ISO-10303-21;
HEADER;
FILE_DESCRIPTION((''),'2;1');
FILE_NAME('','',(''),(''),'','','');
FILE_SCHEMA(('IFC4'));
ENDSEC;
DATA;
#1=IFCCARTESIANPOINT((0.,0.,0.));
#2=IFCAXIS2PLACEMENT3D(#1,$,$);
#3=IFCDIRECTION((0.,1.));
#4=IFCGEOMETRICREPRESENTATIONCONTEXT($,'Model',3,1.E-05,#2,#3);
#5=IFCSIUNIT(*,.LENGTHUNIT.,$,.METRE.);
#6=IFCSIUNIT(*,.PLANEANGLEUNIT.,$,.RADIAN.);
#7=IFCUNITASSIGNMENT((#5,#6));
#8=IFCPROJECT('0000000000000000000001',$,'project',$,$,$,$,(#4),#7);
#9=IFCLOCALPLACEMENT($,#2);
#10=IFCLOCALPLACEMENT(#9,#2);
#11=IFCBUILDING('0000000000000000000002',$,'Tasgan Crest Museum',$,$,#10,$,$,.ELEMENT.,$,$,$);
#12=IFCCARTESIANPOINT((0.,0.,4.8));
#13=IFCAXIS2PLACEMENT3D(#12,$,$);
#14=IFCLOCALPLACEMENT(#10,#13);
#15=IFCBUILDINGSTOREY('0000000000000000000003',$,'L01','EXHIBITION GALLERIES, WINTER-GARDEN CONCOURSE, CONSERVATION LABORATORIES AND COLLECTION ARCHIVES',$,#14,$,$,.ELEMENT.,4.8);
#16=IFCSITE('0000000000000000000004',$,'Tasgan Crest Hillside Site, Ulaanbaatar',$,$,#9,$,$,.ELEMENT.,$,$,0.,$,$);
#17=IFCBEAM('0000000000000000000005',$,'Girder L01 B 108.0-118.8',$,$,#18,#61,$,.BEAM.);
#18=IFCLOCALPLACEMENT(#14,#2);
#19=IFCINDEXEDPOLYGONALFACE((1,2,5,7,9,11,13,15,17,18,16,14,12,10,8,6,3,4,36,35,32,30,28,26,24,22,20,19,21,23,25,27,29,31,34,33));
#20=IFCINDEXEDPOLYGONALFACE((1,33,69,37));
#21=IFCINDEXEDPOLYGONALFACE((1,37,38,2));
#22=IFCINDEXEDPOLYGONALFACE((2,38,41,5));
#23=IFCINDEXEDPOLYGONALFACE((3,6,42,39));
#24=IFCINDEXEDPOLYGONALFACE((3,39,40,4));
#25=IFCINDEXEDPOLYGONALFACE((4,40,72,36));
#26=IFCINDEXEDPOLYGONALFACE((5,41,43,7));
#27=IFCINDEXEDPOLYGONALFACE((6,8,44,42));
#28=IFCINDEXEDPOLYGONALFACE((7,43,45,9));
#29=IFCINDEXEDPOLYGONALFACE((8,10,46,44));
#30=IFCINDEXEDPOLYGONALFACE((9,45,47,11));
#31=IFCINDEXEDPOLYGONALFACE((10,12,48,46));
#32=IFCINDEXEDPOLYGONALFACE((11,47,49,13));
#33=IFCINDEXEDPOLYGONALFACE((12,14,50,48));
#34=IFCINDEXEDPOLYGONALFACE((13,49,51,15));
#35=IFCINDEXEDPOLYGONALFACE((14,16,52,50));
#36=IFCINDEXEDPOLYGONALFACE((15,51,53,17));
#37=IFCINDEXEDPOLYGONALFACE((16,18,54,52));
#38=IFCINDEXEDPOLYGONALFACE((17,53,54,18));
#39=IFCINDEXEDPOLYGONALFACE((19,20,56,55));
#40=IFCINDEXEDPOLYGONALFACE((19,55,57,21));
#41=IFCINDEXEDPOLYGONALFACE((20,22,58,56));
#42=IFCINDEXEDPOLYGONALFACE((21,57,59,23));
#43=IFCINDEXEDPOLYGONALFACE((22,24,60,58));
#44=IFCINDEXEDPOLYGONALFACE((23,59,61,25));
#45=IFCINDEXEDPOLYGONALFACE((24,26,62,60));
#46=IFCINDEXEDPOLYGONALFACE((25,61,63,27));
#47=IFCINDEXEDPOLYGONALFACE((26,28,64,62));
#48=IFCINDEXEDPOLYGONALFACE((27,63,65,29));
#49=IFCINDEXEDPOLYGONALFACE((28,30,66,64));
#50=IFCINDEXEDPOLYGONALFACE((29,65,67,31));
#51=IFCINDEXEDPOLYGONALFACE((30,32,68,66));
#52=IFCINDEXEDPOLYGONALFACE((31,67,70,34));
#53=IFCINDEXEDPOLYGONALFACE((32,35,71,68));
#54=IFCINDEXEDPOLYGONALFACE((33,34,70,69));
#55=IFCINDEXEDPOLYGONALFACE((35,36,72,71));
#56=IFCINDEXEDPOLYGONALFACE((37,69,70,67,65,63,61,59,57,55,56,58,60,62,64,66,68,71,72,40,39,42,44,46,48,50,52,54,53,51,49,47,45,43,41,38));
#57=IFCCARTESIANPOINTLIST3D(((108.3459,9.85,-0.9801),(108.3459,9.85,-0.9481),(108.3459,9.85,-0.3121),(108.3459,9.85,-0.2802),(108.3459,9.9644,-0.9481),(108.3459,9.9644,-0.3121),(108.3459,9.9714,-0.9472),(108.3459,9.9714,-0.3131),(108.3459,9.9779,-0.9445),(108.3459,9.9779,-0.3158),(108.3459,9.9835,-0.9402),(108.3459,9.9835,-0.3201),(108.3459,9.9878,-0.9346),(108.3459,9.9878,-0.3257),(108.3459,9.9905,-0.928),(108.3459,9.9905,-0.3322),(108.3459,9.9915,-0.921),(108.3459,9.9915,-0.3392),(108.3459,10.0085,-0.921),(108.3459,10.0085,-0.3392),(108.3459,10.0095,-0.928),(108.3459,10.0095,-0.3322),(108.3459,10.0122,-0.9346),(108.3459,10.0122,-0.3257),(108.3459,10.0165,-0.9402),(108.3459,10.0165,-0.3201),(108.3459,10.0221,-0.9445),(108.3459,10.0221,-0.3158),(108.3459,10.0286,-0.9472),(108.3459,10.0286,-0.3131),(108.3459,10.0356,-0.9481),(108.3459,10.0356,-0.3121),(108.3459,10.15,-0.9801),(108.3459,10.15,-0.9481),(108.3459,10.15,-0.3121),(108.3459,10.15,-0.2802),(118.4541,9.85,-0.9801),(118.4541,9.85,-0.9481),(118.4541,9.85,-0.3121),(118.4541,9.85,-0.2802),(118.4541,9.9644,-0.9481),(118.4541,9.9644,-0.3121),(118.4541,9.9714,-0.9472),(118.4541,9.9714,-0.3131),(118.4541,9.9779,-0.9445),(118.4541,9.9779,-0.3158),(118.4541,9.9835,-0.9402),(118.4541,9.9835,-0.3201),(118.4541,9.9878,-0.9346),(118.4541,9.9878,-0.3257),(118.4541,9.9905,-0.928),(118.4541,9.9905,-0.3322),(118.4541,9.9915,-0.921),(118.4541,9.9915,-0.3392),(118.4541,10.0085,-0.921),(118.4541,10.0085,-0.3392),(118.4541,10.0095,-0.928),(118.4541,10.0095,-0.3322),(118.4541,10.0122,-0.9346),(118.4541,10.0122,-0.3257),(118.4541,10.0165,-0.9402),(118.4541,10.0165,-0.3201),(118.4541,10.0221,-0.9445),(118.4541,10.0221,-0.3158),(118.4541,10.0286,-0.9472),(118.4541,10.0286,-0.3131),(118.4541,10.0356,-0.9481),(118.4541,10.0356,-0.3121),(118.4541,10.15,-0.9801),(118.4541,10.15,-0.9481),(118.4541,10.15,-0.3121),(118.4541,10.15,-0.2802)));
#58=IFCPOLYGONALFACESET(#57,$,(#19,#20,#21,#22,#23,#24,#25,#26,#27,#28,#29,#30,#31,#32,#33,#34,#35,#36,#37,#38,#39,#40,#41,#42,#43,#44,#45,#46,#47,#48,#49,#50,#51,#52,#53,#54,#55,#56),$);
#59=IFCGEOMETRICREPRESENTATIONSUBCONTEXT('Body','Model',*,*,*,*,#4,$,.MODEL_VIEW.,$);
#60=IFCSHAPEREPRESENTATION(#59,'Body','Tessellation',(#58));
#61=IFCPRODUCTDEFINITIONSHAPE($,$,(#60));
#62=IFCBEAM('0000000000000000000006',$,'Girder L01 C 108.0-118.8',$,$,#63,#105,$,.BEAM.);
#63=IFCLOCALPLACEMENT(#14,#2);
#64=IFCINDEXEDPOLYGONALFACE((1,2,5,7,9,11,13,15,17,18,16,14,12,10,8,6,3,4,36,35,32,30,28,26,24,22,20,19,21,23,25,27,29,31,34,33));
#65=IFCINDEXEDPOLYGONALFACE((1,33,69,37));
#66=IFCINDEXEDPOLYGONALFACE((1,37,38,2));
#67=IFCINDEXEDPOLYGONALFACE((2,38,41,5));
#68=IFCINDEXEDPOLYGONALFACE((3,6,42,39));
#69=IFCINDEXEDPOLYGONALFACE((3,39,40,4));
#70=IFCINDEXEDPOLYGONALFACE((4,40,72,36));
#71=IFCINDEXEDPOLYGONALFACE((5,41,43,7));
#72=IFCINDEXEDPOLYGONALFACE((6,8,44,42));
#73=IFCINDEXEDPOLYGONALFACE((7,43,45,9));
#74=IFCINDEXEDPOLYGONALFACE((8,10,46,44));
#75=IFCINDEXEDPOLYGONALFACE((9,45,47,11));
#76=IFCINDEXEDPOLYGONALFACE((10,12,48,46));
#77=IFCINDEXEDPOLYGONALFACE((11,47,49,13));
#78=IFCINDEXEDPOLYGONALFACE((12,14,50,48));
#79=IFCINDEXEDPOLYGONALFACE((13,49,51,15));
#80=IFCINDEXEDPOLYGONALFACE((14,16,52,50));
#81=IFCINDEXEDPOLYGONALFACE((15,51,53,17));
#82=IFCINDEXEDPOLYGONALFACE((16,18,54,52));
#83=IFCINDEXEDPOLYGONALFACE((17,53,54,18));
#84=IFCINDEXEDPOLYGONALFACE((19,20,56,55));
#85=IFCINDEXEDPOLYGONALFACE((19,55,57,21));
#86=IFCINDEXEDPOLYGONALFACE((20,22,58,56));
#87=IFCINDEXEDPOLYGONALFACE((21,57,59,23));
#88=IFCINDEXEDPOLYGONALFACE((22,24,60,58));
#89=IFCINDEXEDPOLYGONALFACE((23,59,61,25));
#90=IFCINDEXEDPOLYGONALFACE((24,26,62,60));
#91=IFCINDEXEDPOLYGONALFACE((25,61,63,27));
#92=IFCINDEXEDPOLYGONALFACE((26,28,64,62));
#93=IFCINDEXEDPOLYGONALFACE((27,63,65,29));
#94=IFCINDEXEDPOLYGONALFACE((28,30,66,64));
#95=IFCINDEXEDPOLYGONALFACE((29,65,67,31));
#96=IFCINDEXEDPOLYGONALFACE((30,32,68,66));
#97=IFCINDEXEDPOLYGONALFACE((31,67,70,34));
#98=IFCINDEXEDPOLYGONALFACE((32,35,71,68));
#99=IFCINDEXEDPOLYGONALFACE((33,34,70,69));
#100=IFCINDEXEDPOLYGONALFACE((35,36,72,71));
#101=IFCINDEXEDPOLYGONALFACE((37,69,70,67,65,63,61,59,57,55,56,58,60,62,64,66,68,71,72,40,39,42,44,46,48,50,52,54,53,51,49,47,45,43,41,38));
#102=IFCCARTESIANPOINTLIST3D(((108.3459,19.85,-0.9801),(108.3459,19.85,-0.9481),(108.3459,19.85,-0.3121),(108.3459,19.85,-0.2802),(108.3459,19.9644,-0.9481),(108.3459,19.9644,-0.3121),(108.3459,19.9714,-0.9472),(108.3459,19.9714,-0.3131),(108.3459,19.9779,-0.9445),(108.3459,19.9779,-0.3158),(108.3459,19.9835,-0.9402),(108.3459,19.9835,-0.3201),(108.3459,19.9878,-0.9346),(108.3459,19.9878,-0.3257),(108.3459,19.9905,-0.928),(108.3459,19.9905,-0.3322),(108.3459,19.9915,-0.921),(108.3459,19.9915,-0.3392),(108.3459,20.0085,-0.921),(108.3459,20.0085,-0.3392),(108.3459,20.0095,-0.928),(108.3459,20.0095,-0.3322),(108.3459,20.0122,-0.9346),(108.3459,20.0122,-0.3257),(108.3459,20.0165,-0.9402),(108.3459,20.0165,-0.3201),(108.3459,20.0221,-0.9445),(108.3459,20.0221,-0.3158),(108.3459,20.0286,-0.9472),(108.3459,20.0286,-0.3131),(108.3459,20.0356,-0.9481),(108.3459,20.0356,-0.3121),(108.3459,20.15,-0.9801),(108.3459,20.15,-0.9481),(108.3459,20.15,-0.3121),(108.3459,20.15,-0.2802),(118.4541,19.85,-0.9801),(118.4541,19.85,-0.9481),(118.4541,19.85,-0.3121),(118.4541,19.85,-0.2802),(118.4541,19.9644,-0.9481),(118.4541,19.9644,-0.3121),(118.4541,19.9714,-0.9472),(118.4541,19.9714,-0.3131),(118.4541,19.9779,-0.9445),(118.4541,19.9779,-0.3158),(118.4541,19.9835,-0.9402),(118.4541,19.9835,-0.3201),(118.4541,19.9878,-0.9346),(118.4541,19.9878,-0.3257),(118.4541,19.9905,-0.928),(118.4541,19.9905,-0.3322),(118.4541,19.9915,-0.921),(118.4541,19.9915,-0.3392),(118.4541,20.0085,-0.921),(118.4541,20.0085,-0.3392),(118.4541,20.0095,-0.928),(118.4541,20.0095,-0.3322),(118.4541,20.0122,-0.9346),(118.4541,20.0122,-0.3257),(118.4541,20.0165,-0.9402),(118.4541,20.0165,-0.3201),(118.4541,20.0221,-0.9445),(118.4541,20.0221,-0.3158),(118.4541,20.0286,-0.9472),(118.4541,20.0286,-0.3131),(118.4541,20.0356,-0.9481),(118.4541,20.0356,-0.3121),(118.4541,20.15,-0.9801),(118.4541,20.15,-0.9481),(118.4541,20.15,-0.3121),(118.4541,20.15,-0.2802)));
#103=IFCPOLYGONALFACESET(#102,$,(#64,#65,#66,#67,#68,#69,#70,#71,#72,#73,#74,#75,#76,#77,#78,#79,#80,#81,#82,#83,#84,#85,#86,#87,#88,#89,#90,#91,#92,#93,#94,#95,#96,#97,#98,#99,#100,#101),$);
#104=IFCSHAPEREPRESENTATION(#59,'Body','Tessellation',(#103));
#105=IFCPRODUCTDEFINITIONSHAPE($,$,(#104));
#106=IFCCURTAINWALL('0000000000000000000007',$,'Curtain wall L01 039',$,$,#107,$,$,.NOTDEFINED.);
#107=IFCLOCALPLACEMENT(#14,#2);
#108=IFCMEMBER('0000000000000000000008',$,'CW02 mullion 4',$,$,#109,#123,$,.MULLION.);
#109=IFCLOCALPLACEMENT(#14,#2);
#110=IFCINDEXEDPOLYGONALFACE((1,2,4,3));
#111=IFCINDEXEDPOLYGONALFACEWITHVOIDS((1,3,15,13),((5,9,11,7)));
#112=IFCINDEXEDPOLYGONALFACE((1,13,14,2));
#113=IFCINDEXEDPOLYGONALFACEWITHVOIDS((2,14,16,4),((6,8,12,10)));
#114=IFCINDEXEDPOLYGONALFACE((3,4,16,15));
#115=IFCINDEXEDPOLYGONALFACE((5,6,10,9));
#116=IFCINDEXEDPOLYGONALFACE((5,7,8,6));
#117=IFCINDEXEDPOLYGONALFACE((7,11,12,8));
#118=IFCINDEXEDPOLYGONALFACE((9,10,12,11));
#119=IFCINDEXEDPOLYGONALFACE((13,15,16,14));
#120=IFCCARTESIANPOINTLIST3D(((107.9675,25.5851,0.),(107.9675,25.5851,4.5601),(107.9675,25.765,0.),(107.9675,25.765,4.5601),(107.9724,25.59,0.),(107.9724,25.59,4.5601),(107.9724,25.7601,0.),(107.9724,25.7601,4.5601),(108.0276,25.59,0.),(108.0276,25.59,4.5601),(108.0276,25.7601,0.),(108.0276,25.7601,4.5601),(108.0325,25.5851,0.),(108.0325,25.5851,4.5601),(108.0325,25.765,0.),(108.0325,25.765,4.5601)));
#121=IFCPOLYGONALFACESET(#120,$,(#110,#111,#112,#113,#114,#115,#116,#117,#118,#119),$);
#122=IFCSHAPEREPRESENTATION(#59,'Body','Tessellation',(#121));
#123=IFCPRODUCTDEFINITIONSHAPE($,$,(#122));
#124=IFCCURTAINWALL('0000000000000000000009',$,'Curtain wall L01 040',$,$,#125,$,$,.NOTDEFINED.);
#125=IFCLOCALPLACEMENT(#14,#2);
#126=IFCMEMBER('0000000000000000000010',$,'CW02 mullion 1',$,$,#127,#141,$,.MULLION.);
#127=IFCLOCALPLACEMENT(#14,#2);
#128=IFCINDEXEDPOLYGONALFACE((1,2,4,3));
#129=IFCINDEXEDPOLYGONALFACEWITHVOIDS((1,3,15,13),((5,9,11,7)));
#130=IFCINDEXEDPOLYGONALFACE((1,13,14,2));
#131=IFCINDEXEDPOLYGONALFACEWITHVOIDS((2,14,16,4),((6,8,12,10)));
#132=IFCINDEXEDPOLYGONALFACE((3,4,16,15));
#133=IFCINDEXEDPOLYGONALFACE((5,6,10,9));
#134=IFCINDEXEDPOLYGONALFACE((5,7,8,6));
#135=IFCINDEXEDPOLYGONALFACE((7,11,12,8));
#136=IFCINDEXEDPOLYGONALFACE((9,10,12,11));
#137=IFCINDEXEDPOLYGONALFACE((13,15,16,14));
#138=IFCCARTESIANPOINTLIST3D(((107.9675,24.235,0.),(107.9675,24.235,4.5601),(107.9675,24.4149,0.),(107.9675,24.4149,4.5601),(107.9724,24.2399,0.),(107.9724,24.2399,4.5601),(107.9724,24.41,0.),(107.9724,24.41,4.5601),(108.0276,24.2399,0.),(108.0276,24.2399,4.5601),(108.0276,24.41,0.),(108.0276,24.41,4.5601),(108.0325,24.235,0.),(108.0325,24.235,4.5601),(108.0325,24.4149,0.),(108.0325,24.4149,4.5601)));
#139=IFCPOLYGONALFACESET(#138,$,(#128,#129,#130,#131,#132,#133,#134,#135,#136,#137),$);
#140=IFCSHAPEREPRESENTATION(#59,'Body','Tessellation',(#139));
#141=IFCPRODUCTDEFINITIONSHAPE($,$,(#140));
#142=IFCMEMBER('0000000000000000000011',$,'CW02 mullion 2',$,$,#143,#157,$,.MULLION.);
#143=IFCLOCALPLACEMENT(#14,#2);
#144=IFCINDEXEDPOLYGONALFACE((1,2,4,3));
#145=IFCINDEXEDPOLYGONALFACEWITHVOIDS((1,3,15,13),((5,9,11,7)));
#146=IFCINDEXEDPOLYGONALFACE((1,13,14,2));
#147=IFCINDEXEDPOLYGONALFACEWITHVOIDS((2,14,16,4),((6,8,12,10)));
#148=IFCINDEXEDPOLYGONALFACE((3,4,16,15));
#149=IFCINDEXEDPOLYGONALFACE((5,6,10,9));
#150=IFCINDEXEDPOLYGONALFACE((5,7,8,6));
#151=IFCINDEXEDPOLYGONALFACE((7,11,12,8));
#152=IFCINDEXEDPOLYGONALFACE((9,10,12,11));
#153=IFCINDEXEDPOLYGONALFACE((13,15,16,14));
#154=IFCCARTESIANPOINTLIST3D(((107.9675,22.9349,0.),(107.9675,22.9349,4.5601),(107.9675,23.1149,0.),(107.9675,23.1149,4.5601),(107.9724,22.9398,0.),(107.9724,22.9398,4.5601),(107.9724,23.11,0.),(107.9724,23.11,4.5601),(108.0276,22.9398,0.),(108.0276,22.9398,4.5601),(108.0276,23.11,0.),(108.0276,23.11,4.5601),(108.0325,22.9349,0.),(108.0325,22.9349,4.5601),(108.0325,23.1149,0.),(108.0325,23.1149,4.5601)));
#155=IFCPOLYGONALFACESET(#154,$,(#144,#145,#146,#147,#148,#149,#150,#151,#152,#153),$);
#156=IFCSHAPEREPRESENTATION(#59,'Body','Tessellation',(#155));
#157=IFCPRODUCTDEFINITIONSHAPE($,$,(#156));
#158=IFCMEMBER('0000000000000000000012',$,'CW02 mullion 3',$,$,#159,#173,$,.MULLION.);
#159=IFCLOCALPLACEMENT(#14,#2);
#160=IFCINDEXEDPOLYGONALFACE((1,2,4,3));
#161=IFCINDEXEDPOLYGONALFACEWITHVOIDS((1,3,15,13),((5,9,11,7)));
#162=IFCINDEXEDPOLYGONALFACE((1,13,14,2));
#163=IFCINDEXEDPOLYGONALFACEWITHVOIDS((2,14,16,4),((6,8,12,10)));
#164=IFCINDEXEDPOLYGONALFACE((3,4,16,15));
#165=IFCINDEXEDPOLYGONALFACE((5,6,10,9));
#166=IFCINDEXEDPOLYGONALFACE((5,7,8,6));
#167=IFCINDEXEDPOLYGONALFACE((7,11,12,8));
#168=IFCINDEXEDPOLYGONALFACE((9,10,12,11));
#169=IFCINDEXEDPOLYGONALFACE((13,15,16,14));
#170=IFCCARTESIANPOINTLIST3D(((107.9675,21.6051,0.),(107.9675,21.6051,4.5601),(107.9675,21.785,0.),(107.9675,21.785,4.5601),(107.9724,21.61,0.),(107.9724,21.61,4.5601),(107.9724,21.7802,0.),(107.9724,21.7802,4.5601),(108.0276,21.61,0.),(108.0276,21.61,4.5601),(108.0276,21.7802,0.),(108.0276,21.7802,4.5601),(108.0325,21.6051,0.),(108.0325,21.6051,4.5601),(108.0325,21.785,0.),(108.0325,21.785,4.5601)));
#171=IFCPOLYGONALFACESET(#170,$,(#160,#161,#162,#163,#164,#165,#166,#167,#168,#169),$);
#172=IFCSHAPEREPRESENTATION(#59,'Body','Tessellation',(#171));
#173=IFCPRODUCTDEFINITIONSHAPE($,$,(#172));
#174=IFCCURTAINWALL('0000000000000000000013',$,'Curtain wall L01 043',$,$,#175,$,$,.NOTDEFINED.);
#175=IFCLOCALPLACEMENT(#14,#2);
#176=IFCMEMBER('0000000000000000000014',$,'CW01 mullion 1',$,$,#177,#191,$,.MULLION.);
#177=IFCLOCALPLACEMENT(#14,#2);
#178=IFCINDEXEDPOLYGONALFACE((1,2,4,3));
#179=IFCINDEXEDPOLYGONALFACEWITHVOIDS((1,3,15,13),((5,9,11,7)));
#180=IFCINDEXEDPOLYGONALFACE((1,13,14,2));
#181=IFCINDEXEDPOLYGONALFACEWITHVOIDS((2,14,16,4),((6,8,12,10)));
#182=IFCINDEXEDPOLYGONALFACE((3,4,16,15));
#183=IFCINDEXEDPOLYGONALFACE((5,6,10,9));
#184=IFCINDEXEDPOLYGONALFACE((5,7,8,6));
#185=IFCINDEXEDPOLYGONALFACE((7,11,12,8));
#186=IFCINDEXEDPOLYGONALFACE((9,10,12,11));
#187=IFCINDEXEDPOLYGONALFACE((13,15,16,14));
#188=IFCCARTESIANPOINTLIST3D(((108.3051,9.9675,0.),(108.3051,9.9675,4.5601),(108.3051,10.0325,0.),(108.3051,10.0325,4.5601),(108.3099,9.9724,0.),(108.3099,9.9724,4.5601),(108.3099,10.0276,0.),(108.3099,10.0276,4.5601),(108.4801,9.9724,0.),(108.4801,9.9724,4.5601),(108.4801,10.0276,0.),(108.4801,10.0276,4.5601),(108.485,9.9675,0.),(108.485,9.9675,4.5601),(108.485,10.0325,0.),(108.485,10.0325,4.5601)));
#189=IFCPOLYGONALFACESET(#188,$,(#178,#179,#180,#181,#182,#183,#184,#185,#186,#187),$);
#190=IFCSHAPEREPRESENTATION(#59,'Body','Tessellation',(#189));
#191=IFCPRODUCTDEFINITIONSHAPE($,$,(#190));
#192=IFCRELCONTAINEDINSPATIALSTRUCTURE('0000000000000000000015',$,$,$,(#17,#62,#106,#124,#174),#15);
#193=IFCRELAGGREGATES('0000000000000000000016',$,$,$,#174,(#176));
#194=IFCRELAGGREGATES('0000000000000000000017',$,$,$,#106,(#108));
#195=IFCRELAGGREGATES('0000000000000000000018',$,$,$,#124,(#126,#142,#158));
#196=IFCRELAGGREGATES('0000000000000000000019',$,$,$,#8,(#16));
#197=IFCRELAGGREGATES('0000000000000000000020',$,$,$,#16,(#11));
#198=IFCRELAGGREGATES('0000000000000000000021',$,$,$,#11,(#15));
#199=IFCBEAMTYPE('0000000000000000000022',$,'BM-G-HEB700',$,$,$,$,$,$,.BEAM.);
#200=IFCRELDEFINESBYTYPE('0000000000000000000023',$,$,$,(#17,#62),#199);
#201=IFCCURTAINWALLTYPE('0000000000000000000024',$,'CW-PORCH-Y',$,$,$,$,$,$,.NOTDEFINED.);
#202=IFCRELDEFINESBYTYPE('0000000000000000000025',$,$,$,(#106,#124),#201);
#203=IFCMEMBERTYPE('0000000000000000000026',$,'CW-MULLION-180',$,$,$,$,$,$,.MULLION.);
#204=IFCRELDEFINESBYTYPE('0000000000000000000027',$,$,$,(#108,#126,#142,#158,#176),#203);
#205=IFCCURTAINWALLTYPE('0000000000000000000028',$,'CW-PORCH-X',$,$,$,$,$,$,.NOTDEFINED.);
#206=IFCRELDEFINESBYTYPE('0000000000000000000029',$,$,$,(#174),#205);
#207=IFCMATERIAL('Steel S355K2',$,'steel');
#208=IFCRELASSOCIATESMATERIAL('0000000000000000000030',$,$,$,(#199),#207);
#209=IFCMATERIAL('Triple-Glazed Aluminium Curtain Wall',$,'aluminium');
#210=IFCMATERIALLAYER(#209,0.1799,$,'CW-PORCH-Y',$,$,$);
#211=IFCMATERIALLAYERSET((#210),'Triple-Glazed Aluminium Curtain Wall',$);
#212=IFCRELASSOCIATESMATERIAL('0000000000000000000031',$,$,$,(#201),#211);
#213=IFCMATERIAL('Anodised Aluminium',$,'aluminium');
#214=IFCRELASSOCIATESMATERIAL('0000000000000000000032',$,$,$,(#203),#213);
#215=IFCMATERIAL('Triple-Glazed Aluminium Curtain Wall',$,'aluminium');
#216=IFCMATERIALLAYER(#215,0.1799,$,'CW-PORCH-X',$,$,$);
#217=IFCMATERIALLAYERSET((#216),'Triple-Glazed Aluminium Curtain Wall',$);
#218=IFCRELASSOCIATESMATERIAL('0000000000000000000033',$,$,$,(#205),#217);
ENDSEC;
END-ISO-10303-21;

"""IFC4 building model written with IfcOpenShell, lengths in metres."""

from ifc_helpers import new_model, si_unit, direction, frame, origin, origin_2d, place, context, subcontext, project, spatial, hollow_rectangle, i_section, extrude, material, layer, layer_set, material_profile, profile_set, type_object, element, aggregate, save


model = new_model("IFC4")

# Units and contexts
model_context = context("Model", 3, precision=1e-05, world=origin(), true_north=direction((0.0, 1.0)))
body_context = subcontext(model_context, "Body", "Model", "MODEL_VIEW")
ifc_project = project(units=[si_unit("LENGTHUNIT", "METRE"), si_unit("PLANEANGLEUNIT", "RADIAN")], contexts=[model_context])

# Site, building, storey
site_placement = place(None, origin())
site = spatial("IfcSite", under=ifc_project, at=site_placement, Name="Tasgan Crest Hillside Site, Ulaanbaatar", CompositionType="ELEMENT", RefElevation=0.0)
building_placement = place(site_placement, origin())
building = spatial("IfcBuilding", under=site, at=building_placement, Name="Tasgan Crest Museum", CompositionType="ELEMENT")
storey_placement = place(building_placement, frame((0.0, 0.0, 4.8)))
storey = spatial("IfcBuildingStorey", under=building, at=storey_placement, Name="L01", Description="EXHIBITION GALLERIES, WINTER-GARDEN CONCOURSE, CONSERVATION LABORATORIES AND COLLECTION ARCHIVES", CompositionType="ELEMENT", Elevation=4.8)

# Beams
ifc_material_1 = material(Name="Steel S355K2", Category="steel")
ifc_material_profile_1 = material_profile(ifc_material_1, i_section(OverallWidth=0.3, OverallDepth=0.7, WebThickness=0.0171, FlangeThickness=0.032, FilletRadius=0.0271, at=origin_2d()), Name="HEB 700")
ifc_profile_set_1 = profile_set([ifc_material_profile_1], Name="Steel S355K2")
beam_type = type_object("IfcBeamType", Name="BM-G-HEB700", PredefinedType="BEAM", material=ifc_profile_set_1)
for number, where, z_axis, x_axis, name in (
    (1, (108.3459, 10.0, -0.6301), (1.0, 0.0, 0.0), (0.0, 1.0, 0.0), "Girder L01 B 108.0-118.8"),
    (2, (108.3459, 20.0, -0.6301), (1.0, 0.0, 0.0), (0.0, 1.0, 0.0), "Girder L01 C 108.0-118.8"),
):
    element("IfcBeam", number, at=place(storey_placement, frame(where, z_axis=z_axis, x_axis=x_axis)), inside=storey, type_object=beam_type, Name=name, PredefinedType="BEAM", context=body_context, shape_type="SweptSolid", body=[
        extrude(i_section(OverallWidth=0.3, OverallDepth=0.7, WebThickness=0.0171, FlangeThickness=0.032, FilletRadius=0.0271, at=origin_2d()), origin(), (0.0, 0.0, 1.0), 10.1082),
    ])

# Curtain wall, member
ifc_material_2 = material(Name="Triple-Glazed Aluminium Curtain Wall", Category="aluminium")
ifc_layer_1 = layer(ifc_material_2, 0.1799, Name="CW-PORCH-Y")
ifc_layer_set_1 = layer_set([ifc_layer_1], Name="Triple-Glazed Aluminium Curtain Wall")
curtain_wall_type_1 = type_object("IfcCurtainWallType", Name="CW-PORCH-Y", PredefinedType="NOTDEFINED", material=ifc_layer_set_1)
curtain_wall_1_placement = place(storey_placement, origin())
curtain_wall_1 = element("IfcCurtainWall", 3, at=curtain_wall_1_placement, inside=storey, type_object=curtain_wall_type_1, Name="Curtain wall L01 039", PredefinedType="NOTDEFINED")
ifc_material_3 = material(Name="Anodised Aluminium", Category="aluminium")
ifc_material_profile_2 = material_profile(ifc_material_3, hollow_rectangle(XDim=0.0649, YDim=0.1799, WallThickness=0.0049, at=origin_2d()), Name="ALU MULLION 180x65x5")
ifc_profile_set_2 = profile_set([ifc_material_profile_2], Name="Anodised Aluminium")
member_type_1 = type_object("IfcMemberType", Name="CW-MULLION-180", PredefinedType="MULLION", material=ifc_profile_set_2)
member_1_placement = place(storey_placement, frame((108.0, 25.675, 0.0), z_axis=(0.0, 0.0, 1.0), x_axis=(1.0, 0.0, 0.0)))
member_1 = element("IfcMember", 4, at=member_1_placement, type_object=member_type_1, Name="CW02 mullion 4", PredefinedType="MULLION", context=body_context, shape_type="SweptSolid", body=[
    extrude(hollow_rectangle(XDim=0.0649, YDim=0.1799, WallThickness=0.0049, at=origin_2d()), origin(), (0.0, 0.0, 1.0), 4.5601),
])

# Curtain wall, members
curtain_wall_2_placement = place(storey_placement, origin())
curtain_wall_2 = element("IfcCurtainWall", 5, at=curtain_wall_2_placement, inside=storey, type_object=curtain_wall_type_1, Name="Curtain wall L01 040", PredefinedType="NOTDEFINED")
member_2_placement = place(storey_placement, frame((108.0, 24.325, 0.0), z_axis=(0.0, 0.0, 1.0), x_axis=(1.0, 0.0, 0.0)))
member_2 = element("IfcMember", 6, at=member_2_placement, type_object=member_type_1, Name="CW02 mullion 1", PredefinedType="MULLION", context=body_context, shape_type="SweptSolid", body=[
    extrude(hollow_rectangle(XDim=0.0649, YDim=0.1799, WallThickness=0.0049, at=origin_2d()), origin(), (0.0, 0.0, 1.0), 4.5601),
])
member_3_placement = place(storey_placement, frame((108.0, 23.0249, 0.0), z_axis=(0.0, 0.0, 1.0), x_axis=(1.0, 0.0, 0.0)))
member_3 = element("IfcMember", 7, at=member_3_placement, type_object=member_type_1, Name="CW02 mullion 2", PredefinedType="MULLION", context=body_context, shape_type="SweptSolid", body=[
    extrude(hollow_rectangle(XDim=0.0649, YDim=0.1799, WallThickness=0.0049, at=origin_2d()), origin(), (0.0, 0.0, 1.0), 4.5601),
])
member_4_placement = place(storey_placement, frame((108.0, 21.6951, 0.0), z_axis=(0.0, 0.0, 1.0), x_axis=(1.0, 0.0, 0.0)))
member_4 = element("IfcMember", 8, at=member_4_placement, type_object=member_type_1, Name="CW02 mullion 3", PredefinedType="MULLION", context=body_context, shape_type="SweptSolid", body=[
    extrude(hollow_rectangle(XDim=0.0649, YDim=0.1799, WallThickness=0.0049, at=origin_2d()), origin(), (0.0, 0.0, 1.0), 4.5601),
])

# Curtain wall, member
ifc_material_4 = material(Name="Triple-Glazed Aluminium Curtain Wall", Category="aluminium")
ifc_layer_2 = layer(ifc_material_4, 0.1799, Name="CW-PORCH-X")
ifc_layer_set_2 = layer_set([ifc_layer_2], Name="Triple-Glazed Aluminium Curtain Wall")
curtain_wall_type_2 = type_object("IfcCurtainWallType", Name="CW-PORCH-X", PredefinedType="NOTDEFINED", material=ifc_layer_set_2)
curtain_wall_3_placement = place(storey_placement, origin())
curtain_wall_3 = element("IfcCurtainWall", 9, at=curtain_wall_3_placement, inside=storey, type_object=curtain_wall_type_2, Name="Curtain wall L01 043", PredefinedType="NOTDEFINED")
member_5_placement = place(storey_placement, frame((108.395, 10.0, 0.0), z_axis=(0.0, 0.0, 1.0), x_axis=(0.0, 1.0, 0.0)))
member_5 = element("IfcMember", 10, at=member_5_placement, type_object=member_type_1, Name="CW01 mullion 1", PredefinedType="MULLION", context=body_context, shape_type="SweptSolid", body=[
    extrude(hollow_rectangle(XDim=0.0649, YDim=0.1799, WallThickness=0.0049, at=origin_2d()), origin(), (0.0, 0.0, 1.0), 4.5601),
])

aggregate(curtain_wall_3, [member_5])

aggregate(curtain_wall_1, [member_1])
aggregate(curtain_wall_2, [member_2, member_3, member_4])

save(model, "model.ifc")
